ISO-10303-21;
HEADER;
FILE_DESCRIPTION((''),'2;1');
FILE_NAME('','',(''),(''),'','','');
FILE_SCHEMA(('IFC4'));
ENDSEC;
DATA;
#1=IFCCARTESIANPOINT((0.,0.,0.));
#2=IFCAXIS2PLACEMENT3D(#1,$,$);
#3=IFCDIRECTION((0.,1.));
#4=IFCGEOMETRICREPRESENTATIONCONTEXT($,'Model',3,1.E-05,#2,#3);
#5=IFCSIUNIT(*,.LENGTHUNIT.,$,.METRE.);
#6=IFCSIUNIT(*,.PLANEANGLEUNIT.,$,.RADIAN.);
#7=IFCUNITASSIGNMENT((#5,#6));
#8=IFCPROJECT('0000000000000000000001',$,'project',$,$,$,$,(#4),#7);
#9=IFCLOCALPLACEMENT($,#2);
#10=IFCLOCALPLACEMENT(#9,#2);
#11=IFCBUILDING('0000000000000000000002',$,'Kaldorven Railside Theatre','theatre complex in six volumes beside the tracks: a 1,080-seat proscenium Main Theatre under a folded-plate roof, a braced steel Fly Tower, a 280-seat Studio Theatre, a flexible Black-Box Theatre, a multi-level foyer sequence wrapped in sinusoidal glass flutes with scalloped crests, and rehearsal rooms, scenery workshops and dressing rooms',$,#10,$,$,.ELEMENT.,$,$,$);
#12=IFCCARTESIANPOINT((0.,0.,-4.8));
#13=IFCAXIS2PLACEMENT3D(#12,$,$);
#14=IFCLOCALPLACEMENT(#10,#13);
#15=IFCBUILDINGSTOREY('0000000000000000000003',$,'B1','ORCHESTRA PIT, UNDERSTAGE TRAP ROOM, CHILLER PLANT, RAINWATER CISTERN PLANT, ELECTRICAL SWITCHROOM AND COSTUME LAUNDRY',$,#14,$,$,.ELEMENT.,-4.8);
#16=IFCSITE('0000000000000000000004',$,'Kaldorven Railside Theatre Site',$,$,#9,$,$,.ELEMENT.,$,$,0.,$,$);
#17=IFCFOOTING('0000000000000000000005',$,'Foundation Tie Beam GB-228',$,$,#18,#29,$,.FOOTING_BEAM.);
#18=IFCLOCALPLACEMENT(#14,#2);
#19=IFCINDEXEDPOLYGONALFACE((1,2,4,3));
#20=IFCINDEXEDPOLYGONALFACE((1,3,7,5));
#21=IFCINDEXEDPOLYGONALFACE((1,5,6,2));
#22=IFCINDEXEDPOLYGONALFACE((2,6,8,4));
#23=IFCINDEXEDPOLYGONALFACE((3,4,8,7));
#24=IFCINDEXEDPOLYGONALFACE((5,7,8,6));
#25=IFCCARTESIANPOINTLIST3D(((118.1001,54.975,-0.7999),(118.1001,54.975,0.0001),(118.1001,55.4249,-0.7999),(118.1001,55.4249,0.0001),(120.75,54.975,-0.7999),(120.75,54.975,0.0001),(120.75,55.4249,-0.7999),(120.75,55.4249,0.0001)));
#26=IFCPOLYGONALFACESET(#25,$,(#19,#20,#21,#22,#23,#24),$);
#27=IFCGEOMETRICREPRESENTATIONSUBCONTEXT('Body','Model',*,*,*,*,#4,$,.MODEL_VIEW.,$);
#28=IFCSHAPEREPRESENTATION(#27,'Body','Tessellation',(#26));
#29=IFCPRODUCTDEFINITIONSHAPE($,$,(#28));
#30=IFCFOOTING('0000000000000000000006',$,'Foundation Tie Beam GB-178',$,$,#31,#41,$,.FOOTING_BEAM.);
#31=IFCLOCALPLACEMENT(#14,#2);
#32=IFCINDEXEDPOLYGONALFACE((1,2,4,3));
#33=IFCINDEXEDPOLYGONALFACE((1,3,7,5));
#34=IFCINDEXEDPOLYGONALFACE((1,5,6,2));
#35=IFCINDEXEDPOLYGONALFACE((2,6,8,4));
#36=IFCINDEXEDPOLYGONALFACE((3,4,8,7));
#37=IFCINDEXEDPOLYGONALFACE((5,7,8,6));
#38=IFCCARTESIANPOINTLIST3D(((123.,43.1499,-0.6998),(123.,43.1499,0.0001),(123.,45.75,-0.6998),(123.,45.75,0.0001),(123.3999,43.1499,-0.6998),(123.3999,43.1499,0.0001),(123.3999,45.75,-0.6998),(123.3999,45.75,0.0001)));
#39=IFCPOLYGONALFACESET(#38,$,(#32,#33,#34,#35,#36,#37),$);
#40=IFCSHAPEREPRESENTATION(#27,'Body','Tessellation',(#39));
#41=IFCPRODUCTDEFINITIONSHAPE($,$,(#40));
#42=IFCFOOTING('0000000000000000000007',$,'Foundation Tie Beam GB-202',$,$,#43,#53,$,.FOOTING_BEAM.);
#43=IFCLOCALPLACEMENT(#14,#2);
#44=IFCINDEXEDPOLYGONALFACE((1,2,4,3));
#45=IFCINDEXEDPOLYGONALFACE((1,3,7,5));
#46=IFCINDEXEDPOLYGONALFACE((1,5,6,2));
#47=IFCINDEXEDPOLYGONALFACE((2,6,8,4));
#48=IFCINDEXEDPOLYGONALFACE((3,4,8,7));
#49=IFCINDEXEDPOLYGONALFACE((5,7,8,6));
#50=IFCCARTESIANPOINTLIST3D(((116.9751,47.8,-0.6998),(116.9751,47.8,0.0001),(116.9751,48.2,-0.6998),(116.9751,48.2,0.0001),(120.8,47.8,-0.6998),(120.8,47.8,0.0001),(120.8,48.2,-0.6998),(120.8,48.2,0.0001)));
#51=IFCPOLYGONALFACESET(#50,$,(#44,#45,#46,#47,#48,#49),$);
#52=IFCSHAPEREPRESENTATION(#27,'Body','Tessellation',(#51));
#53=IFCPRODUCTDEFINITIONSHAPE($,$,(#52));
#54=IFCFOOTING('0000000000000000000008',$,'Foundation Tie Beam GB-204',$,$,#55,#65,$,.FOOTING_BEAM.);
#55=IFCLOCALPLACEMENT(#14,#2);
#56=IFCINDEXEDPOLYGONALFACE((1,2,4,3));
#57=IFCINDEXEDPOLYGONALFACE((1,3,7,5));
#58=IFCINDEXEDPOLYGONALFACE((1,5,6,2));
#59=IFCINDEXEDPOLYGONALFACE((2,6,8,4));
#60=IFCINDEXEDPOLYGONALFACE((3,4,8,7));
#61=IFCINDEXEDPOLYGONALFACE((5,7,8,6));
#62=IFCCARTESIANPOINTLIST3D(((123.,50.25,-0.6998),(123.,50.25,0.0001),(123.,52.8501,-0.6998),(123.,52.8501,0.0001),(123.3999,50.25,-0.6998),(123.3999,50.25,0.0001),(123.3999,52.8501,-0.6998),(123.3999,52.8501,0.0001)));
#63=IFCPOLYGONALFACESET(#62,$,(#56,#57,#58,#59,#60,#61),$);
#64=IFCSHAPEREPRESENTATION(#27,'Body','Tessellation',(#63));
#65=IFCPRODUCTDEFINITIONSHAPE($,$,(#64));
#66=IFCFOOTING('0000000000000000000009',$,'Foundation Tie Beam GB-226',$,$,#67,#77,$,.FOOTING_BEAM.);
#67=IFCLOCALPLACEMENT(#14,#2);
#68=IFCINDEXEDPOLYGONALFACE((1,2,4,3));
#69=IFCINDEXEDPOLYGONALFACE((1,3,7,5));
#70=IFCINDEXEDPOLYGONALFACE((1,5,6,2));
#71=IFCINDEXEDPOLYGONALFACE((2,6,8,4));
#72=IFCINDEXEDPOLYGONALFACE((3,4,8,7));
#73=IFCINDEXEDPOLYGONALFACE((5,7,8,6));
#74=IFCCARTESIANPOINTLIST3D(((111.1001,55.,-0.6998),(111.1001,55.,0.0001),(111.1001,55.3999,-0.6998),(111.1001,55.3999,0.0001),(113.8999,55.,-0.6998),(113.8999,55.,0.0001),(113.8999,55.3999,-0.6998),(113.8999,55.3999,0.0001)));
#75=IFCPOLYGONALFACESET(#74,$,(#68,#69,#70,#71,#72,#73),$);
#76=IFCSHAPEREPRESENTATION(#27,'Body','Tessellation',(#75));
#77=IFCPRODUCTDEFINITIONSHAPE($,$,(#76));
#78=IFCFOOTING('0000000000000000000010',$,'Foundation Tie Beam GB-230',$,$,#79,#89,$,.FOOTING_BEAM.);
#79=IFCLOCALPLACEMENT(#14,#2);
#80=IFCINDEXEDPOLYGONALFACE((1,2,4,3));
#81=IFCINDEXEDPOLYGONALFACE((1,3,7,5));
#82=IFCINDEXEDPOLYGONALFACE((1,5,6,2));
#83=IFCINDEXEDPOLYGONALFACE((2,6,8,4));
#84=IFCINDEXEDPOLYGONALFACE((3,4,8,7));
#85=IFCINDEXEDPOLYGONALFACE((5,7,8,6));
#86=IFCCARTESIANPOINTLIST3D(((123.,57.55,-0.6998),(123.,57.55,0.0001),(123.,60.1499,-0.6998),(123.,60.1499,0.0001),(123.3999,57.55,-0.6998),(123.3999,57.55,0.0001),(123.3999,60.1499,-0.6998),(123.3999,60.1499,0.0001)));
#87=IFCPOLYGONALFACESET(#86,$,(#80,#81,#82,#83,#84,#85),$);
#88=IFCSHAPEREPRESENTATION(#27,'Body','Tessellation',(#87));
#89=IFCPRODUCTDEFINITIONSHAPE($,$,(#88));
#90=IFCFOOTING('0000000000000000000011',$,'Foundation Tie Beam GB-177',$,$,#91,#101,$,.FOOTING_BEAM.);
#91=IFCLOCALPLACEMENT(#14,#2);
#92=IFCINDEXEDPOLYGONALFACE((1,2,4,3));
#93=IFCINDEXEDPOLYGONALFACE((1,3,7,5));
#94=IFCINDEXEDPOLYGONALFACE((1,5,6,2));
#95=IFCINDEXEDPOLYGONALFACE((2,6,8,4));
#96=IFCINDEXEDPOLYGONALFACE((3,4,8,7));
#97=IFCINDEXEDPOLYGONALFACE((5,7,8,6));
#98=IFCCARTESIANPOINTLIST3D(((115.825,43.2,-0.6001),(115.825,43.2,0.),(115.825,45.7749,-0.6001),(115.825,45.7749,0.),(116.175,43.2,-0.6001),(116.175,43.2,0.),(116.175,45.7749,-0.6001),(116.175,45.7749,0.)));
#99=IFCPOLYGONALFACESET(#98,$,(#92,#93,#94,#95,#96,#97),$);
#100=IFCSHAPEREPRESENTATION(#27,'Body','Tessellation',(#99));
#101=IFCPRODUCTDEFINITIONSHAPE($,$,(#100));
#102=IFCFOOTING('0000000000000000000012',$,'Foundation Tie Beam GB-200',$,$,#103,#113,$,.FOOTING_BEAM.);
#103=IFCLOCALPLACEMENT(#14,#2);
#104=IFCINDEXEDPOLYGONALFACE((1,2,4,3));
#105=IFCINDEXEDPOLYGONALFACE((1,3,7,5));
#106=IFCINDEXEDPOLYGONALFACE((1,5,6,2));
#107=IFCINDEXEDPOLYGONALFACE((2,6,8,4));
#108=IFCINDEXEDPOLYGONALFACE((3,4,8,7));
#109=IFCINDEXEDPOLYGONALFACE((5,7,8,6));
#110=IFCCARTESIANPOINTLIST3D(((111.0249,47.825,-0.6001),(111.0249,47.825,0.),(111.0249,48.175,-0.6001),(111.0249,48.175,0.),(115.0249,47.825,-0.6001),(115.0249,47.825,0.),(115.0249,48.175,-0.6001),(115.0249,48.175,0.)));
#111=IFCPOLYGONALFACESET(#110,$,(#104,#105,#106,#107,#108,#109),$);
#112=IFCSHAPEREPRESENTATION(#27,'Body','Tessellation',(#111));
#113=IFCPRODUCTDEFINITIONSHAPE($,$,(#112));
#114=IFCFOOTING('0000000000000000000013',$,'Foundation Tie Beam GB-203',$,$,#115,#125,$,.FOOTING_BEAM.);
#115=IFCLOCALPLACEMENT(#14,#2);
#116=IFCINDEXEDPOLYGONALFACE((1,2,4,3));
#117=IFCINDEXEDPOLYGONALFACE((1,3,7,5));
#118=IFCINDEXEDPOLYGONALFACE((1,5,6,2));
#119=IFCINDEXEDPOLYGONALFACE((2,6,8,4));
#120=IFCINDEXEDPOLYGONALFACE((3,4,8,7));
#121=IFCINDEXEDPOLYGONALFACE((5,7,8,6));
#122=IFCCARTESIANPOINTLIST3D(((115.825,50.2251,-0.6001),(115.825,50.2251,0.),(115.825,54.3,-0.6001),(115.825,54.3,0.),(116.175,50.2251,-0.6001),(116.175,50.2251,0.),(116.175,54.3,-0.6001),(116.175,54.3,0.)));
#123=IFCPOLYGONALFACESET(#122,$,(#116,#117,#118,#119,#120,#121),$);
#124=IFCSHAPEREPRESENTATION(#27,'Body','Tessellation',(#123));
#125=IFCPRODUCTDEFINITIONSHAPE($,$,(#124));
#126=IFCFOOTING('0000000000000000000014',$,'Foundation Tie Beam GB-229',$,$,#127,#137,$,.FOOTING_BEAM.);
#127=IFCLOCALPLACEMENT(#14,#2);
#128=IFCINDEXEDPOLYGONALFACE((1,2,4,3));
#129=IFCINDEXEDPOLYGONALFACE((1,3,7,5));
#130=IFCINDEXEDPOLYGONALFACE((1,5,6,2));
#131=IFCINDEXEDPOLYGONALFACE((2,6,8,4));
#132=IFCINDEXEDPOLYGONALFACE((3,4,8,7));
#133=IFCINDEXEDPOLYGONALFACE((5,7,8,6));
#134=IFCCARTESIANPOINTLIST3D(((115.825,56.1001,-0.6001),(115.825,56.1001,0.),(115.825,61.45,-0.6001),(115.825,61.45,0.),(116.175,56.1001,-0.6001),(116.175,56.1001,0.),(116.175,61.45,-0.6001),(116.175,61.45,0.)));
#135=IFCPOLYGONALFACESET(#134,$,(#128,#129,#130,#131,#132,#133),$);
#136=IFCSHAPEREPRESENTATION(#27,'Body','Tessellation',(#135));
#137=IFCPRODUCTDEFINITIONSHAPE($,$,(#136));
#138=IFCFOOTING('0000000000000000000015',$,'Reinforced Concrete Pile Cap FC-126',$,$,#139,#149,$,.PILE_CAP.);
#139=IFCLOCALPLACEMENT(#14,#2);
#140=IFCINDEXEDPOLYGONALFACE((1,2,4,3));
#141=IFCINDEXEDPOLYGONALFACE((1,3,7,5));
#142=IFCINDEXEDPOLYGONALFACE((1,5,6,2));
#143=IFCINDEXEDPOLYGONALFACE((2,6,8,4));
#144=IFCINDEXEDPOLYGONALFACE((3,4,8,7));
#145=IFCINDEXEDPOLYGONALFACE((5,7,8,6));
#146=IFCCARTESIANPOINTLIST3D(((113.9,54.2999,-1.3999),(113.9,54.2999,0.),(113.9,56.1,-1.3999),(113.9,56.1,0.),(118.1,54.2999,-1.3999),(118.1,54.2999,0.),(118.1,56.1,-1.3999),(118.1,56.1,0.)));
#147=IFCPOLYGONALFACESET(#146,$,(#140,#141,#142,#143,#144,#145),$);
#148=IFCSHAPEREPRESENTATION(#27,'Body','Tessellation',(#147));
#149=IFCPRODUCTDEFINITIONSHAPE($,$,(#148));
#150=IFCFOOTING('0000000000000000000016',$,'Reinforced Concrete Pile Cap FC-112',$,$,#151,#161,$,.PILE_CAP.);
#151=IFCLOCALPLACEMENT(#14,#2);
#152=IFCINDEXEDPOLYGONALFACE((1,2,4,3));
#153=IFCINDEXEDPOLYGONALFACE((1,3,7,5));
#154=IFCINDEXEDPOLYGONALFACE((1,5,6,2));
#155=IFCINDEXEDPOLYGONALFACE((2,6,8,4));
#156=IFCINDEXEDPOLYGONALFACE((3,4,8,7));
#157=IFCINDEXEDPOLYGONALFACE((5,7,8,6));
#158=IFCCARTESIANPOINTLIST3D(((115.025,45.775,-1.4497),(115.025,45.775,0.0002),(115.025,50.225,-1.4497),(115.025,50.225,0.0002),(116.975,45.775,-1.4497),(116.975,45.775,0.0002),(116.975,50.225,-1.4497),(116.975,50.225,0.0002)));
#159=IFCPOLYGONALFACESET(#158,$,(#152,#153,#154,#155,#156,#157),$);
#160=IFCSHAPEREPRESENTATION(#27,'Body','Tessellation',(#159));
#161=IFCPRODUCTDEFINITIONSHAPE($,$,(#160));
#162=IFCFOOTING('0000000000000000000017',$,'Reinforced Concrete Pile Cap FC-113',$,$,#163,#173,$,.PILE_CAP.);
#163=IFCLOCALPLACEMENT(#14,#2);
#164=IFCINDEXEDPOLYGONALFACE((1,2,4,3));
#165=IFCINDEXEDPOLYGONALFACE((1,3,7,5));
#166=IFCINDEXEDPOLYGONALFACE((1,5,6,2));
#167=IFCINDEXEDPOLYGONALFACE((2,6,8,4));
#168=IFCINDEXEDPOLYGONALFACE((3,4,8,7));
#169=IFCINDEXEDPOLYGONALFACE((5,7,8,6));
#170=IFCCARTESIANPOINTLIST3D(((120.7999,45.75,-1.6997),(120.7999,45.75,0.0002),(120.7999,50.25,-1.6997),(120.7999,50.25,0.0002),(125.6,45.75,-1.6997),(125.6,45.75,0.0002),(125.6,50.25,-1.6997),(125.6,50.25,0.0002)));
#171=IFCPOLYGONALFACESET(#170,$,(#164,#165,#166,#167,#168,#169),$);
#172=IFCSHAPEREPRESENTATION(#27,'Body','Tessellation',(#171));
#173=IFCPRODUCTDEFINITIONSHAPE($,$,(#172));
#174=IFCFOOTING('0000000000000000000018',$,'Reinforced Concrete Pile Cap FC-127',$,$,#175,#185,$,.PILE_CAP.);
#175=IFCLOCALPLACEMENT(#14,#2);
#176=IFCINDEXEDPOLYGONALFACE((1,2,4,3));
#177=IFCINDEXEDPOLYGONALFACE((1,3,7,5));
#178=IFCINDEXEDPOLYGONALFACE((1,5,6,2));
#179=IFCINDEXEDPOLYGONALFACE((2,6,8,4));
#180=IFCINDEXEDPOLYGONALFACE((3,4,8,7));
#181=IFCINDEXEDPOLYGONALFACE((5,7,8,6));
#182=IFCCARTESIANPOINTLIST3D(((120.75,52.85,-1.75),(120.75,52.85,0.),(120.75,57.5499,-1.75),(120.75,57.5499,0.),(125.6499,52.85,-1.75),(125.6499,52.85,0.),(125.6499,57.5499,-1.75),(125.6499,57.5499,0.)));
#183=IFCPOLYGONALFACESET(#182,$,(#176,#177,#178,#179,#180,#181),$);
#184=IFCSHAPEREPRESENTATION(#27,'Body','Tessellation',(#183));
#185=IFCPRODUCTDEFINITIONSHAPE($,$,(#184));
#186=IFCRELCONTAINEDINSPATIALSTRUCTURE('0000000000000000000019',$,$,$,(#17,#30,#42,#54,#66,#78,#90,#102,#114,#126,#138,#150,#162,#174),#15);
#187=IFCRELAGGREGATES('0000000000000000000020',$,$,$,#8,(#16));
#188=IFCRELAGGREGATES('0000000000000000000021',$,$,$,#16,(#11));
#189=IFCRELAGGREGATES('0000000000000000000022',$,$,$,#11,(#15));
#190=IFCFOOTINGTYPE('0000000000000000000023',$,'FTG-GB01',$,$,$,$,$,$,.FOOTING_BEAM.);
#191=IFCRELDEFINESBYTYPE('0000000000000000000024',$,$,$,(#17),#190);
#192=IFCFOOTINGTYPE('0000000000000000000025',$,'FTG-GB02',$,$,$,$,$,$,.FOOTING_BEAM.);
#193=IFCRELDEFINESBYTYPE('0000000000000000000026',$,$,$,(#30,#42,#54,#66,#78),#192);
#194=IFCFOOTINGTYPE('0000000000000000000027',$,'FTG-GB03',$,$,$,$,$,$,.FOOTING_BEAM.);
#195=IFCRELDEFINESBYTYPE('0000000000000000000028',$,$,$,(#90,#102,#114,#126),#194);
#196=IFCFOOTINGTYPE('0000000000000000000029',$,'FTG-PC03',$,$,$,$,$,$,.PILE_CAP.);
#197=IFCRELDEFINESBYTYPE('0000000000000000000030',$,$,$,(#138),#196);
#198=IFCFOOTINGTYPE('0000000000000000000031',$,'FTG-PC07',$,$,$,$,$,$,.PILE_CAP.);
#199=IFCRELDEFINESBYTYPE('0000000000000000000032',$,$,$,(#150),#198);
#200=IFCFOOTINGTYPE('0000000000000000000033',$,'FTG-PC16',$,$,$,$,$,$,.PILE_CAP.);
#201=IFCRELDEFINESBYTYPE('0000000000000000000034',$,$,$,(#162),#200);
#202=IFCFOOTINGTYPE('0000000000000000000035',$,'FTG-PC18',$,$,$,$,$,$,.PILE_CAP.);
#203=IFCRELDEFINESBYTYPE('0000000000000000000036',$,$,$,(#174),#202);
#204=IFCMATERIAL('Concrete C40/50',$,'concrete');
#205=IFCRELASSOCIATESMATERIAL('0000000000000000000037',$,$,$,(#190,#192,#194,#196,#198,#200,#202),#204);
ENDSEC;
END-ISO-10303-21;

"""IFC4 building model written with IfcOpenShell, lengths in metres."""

from ifc_helpers import new_model, si_unit, direction, frame, origin, origin_2d, place, context, subcontext, project, spatial, rectangle, extrude, material, material_profile, profile_set, type_object, element, save


model = new_model("IFC4")

# Units and contexts
model_context = context("Model", 3, precision=1e-05, world=origin(), true_north=direction((0.0, 1.0)))
body_context = subcontext(model_context, "Body", "Model", "MODEL_VIEW")
ifc_project = project(units=[si_unit("LENGTHUNIT", "METRE"), si_unit("PLANEANGLEUNIT", "RADIAN")], contexts=[model_context])

# Site, building, storey
site_placement = place(None, origin())
site = spatial("IfcSite", under=ifc_project, at=site_placement, Name="Kaldorven Railside Theatre Site", CompositionType="ELEMENT", RefElevation=0.0)
building_placement = place(site_placement, origin())
building = spatial("IfcBuilding", under=site, at=building_placement, Name="Kaldorven Railside Theatre", Description="theatre complex in six volumes beside the tracks: a 1,080-seat proscenium Main Theatre under a folded-plate roof, a braced steel Fly Tower, a 280-seat Studio Theatre, a flexible Black-Box Theatre, a multi-level foyer sequence wrapped in sinusoidal glass flutes with scalloped crests, and rehearsal rooms, scenery workshops and dressing rooms", CompositionType="ELEMENT")
storey_placement = place(building_placement, frame((0.0, 0.0, -4.8)))
storey = spatial("IfcBuildingStorey", under=building, at=storey_placement, Name="B1", Description="ORCHESTRA PIT, UNDERSTAGE TRAP ROOM, CHILLER PLANT, RAINWATER CISTERN PLANT, ELECTRICAL SWITCHROOM AND COSTUME LAUNDRY", CompositionType="ELEMENT", Elevation=-4.8)

# Footings
ifc_material_1 = material(Name="Concrete C40/50", Category="concrete")
ifc_material_profile_1 = material_profile(ifc_material_1, rectangle(XDim=0.45, YDim=0.8, at=origin_2d()), Name="RC 450x800")
ifc_profile_set_1 = profile_set([ifc_material_profile_1], Name="Concrete C40/50")
footing_type_1 = type_object("IfcFootingType", Name="FTG-GB01", PredefinedType="FOOTING_BEAM", material=ifc_profile_set_1)
footing_1_placement = place(storey_placement, frame((118.1001, 55.2, -0.3999), z_axis=(1.0, 0.0, 0.0), x_axis=(0.0, 1.0, 0.0)))
element("IfcFooting", 1, at=footing_1_placement, inside=storey, type_object=footing_type_1, Name="Foundation Tie Beam GB-228", PredefinedType="FOOTING_BEAM", context=body_context, shape_type="SweptSolid", body=[
    extrude(rectangle(XDim=0.45, YDim=0.8, at=origin_2d()), origin(), (0.0, 0.0, 1.0), 2.6499),
])
ifc_material_profile_2 = material_profile(ifc_material_1, rectangle(XDim=0.3999, YDim=0.7, at=origin_2d()), Name="RC 400x700")
ifc_profile_set_2 = profile_set([ifc_material_profile_2], Name="Concrete C40/50")
footing_type_2 = type_object("IfcFootingType", Name="FTG-GB02", PredefinedType="FOOTING_BEAM", material=ifc_profile_set_2)
footing_2_placement = place(storey_placement, frame((123.2, 43.1499, -0.3499), z_axis=(0.0, 1.0, 0.0), x_axis=(-1.0, 0.0, 0.0)))
element("IfcFooting", 2, at=footing_2_placement, inside=storey, type_object=footing_type_2, Name="Foundation Tie Beam GB-178", PredefinedType="FOOTING_BEAM", context=body_context, shape_type="SweptSolid", body=[
    extrude(rectangle(XDim=0.3999, YDim=0.7, at=origin_2d()), origin(), (0.0, 0.0, 1.0), 2.6001),
])
footing_3_placement = place(storey_placement, frame((116.9751, 48.0, -0.3499), z_axis=(1.0, 0.0, 0.0), x_axis=(0.0, 1.0, 0.0)))
element("IfcFooting", 3, at=footing_3_placement, inside=storey, type_object=footing_type_2, Name="Foundation Tie Beam GB-202", PredefinedType="FOOTING_BEAM", context=body_context, shape_type="SweptSolid", body=[
    extrude(rectangle(XDim=0.3999, YDim=0.7, at=origin_2d()), origin(), (0.0, 0.0, 1.0), 3.825),
])
footing_4_placement = place(storey_placement, frame((123.2, 50.25, -0.3499), z_axis=(0.0, 1.0, 0.0), x_axis=(-1.0, 0.0, 0.0)))
element("IfcFooting", 4, at=footing_4_placement, inside=storey, type_object=footing_type_2, Name="Foundation Tie Beam GB-204", PredefinedType="FOOTING_BEAM", context=body_context, shape_type="SweptSolid", body=[
    extrude(rectangle(XDim=0.3999, YDim=0.7, at=origin_2d()), origin(), (0.0, 0.0, 1.0), 2.6001),
])
footing_5_placement = place(storey_placement, frame((111.1001, 55.2, -0.3499), z_axis=(1.0, 0.0, 0.0), x_axis=(0.0, 1.0, 0.0)))
element("IfcFooting", 5, at=footing_5_placement, inside=storey, type_object=footing_type_2, Name="Foundation Tie Beam GB-226", PredefinedType="FOOTING_BEAM", context=body_context, shape_type="SweptSolid", body=[
    extrude(rectangle(XDim=0.3999, YDim=0.7, at=origin_2d()), origin(), (0.0, 0.0, 1.0), 2.7998),
])
footing_6_placement = place(storey_placement, frame((123.2, 57.55, -0.3499), z_axis=(0.0, 1.0, 0.0), x_axis=(-1.0, 0.0, 0.0)))
element("IfcFooting", 6, at=footing_6_placement, inside=storey, type_object=footing_type_2, Name="Foundation Tie Beam GB-230", PredefinedType="FOOTING_BEAM", context=body_context, shape_type="SweptSolid", body=[
    extrude(rectangle(XDim=0.3999, YDim=0.7, at=origin_2d()), origin(), (0.0, 0.0, 1.0), 2.5999),
])
ifc_material_profile_3 = material_profile(ifc_material_1, rectangle(XDim=0.3501, YDim=0.6001, at=origin_2d()), Name="RC 350x600")
ifc_profile_set_3 = profile_set([ifc_material_profile_3], Name="Concrete C40/50")
footing_type_3 = type_object("IfcFootingType", Name="FTG-GB03", PredefinedType="FOOTING_BEAM", material=ifc_profile_set_3)
footing_7_placement = place(storey_placement, frame((116.0, 43.2, -0.3), z_axis=(0.0, 1.0, 0.0), x_axis=(-1.0, 0.0, 0.0)))
element("IfcFooting", 7, at=footing_7_placement, inside=storey, type_object=footing_type_3, Name="Foundation Tie Beam GB-177", PredefinedType="FOOTING_BEAM", context=body_context, shape_type="SweptSolid", body=[
    extrude(rectangle(XDim=0.3501, YDim=0.6001, at=origin_2d()), origin(), (0.0, 0.0, 1.0), 2.575),
])
footing_8_placement = place(storey_placement, frame((111.0249, 48.0, -0.3), z_axis=(1.0, 0.0, 0.0), x_axis=(0.0, 1.0, 0.0)))
element("IfcFooting", 8, at=footing_8_placement, inside=storey, type_object=footing_type_3, Name="Foundation Tie Beam GB-200", PredefinedType="FOOTING_BEAM", context=body_context, shape_type="SweptSolid", body=[
    extrude(rectangle(XDim=0.3501, YDim=0.6001, at=origin_2d()), origin(), (0.0, 0.0, 1.0), 4.0),
])
footing_9_placement = place(storey_placement, frame((116.0, 50.2251, -0.3), z_axis=(0.0, 1.0, 0.0), x_axis=(-1.0, 0.0, 0.0)))
element("IfcFooting", 9, at=footing_9_placement, inside=storey, type_object=footing_type_3, Name="Foundation Tie Beam GB-203", PredefinedType="FOOTING_BEAM", context=body_context, shape_type="SweptSolid", body=[
    extrude(rectangle(XDim=0.3501, YDim=0.6001, at=origin_2d()), origin(), (0.0, 0.0, 1.0), 4.075),
])
footing_10_placement = place(storey_placement, frame((116.0, 56.1001, -0.3), z_axis=(0.0, 1.0, 0.0), x_axis=(-1.0, 0.0, 0.0)))
element("IfcFooting", 10, at=footing_10_placement, inside=storey, type_object=footing_type_3, Name="Foundation Tie Beam GB-229", PredefinedType="FOOTING_BEAM", context=body_context, shape_type="SweptSolid", body=[
    extrude(rectangle(XDim=0.3501, YDim=0.6001, at=origin_2d()), origin(), (0.0, 0.0, 1.0), 5.3499),
])
footing_type_4 = type_object("IfcFootingType", Name="FTG-PC03", PredefinedType="PILE_CAP", material=ifc_material_1)
footing_11_placement = place(storey_placement, frame((116.0, 55.2, -1.3999), z_axis=(0.0, 0.0, 1.0), x_axis=(1.0, 0.0, 0.0)))
element("IfcFooting", 11, at=footing_11_placement, inside=storey, type_object=footing_type_4, Name="Reinforced Concrete Pile Cap FC-126", PredefinedType="PILE_CAP", context=body_context, shape_type="SweptSolid", body=[
    extrude(rectangle(XDim=4.2, YDim=1.8, at=origin_2d()), origin(), (0.0, 0.0, 1.0), 1.3999),
])
footing_type_5 = type_object("IfcFootingType", Name="FTG-PC07", PredefinedType="PILE_CAP", material=ifc_material_1)
footing_12_placement = place(storey_placement, frame((116.0, 48.0, -1.4497), z_axis=(0.0, 0.0, 1.0), x_axis=(1.0, 0.0, 0.0)))
element("IfcFooting", 12, at=footing_12_placement, inside=storey, type_object=footing_type_5, Name="Reinforced Concrete Pile Cap FC-112", PredefinedType="PILE_CAP", context=body_context, shape_type="SweptSolid", body=[
    extrude(rectangle(XDim=1.95, YDim=4.45, at=origin_2d()), origin(), (0.0, 0.0, 1.0), 1.45),
])
footing_type_6 = type_object("IfcFootingType", Name="FTG-PC16", PredefinedType="PILE_CAP", material=ifc_material_1)
footing_13_placement = place(storey_placement, frame((123.2, 48.0, -1.6997), z_axis=(0.0, 0.0, 1.0), x_axis=(1.0, 0.0, 0.0)))
element("IfcFooting", 13, at=footing_13_placement, inside=storey, type_object=footing_type_6, Name="Reinforced Concrete Pile Cap FC-113", PredefinedType="PILE_CAP", context=body_context, shape_type="SweptSolid", body=[
    extrude(rectangle(XDim=4.8, YDim=4.5, at=origin_2d()), origin(), (0.0, 0.0, 1.0), 1.7),
])
footing_type_7 = type_object("IfcFootingType", Name="FTG-PC18", PredefinedType="PILE_CAP", material=ifc_material_1)
footing_14_placement = place(storey_placement, frame((123.2, 55.2, -1.75), z_axis=(0.0, 0.0, 1.0), x_axis=(1.0, 0.0, 0.0)))
element("IfcFooting", 14, at=footing_14_placement, inside=storey, type_object=footing_type_7, Name="Reinforced Concrete Pile Cap FC-127", PredefinedType="PILE_CAP", context=body_context, shape_type="SweptSolid", body=[
    extrude(rectangle(XDim=4.8999, YDim=4.7, at=origin_2d()), origin(), (0.0, 0.0, 1.0), 1.75),
])

save(model, "model.ifc")
